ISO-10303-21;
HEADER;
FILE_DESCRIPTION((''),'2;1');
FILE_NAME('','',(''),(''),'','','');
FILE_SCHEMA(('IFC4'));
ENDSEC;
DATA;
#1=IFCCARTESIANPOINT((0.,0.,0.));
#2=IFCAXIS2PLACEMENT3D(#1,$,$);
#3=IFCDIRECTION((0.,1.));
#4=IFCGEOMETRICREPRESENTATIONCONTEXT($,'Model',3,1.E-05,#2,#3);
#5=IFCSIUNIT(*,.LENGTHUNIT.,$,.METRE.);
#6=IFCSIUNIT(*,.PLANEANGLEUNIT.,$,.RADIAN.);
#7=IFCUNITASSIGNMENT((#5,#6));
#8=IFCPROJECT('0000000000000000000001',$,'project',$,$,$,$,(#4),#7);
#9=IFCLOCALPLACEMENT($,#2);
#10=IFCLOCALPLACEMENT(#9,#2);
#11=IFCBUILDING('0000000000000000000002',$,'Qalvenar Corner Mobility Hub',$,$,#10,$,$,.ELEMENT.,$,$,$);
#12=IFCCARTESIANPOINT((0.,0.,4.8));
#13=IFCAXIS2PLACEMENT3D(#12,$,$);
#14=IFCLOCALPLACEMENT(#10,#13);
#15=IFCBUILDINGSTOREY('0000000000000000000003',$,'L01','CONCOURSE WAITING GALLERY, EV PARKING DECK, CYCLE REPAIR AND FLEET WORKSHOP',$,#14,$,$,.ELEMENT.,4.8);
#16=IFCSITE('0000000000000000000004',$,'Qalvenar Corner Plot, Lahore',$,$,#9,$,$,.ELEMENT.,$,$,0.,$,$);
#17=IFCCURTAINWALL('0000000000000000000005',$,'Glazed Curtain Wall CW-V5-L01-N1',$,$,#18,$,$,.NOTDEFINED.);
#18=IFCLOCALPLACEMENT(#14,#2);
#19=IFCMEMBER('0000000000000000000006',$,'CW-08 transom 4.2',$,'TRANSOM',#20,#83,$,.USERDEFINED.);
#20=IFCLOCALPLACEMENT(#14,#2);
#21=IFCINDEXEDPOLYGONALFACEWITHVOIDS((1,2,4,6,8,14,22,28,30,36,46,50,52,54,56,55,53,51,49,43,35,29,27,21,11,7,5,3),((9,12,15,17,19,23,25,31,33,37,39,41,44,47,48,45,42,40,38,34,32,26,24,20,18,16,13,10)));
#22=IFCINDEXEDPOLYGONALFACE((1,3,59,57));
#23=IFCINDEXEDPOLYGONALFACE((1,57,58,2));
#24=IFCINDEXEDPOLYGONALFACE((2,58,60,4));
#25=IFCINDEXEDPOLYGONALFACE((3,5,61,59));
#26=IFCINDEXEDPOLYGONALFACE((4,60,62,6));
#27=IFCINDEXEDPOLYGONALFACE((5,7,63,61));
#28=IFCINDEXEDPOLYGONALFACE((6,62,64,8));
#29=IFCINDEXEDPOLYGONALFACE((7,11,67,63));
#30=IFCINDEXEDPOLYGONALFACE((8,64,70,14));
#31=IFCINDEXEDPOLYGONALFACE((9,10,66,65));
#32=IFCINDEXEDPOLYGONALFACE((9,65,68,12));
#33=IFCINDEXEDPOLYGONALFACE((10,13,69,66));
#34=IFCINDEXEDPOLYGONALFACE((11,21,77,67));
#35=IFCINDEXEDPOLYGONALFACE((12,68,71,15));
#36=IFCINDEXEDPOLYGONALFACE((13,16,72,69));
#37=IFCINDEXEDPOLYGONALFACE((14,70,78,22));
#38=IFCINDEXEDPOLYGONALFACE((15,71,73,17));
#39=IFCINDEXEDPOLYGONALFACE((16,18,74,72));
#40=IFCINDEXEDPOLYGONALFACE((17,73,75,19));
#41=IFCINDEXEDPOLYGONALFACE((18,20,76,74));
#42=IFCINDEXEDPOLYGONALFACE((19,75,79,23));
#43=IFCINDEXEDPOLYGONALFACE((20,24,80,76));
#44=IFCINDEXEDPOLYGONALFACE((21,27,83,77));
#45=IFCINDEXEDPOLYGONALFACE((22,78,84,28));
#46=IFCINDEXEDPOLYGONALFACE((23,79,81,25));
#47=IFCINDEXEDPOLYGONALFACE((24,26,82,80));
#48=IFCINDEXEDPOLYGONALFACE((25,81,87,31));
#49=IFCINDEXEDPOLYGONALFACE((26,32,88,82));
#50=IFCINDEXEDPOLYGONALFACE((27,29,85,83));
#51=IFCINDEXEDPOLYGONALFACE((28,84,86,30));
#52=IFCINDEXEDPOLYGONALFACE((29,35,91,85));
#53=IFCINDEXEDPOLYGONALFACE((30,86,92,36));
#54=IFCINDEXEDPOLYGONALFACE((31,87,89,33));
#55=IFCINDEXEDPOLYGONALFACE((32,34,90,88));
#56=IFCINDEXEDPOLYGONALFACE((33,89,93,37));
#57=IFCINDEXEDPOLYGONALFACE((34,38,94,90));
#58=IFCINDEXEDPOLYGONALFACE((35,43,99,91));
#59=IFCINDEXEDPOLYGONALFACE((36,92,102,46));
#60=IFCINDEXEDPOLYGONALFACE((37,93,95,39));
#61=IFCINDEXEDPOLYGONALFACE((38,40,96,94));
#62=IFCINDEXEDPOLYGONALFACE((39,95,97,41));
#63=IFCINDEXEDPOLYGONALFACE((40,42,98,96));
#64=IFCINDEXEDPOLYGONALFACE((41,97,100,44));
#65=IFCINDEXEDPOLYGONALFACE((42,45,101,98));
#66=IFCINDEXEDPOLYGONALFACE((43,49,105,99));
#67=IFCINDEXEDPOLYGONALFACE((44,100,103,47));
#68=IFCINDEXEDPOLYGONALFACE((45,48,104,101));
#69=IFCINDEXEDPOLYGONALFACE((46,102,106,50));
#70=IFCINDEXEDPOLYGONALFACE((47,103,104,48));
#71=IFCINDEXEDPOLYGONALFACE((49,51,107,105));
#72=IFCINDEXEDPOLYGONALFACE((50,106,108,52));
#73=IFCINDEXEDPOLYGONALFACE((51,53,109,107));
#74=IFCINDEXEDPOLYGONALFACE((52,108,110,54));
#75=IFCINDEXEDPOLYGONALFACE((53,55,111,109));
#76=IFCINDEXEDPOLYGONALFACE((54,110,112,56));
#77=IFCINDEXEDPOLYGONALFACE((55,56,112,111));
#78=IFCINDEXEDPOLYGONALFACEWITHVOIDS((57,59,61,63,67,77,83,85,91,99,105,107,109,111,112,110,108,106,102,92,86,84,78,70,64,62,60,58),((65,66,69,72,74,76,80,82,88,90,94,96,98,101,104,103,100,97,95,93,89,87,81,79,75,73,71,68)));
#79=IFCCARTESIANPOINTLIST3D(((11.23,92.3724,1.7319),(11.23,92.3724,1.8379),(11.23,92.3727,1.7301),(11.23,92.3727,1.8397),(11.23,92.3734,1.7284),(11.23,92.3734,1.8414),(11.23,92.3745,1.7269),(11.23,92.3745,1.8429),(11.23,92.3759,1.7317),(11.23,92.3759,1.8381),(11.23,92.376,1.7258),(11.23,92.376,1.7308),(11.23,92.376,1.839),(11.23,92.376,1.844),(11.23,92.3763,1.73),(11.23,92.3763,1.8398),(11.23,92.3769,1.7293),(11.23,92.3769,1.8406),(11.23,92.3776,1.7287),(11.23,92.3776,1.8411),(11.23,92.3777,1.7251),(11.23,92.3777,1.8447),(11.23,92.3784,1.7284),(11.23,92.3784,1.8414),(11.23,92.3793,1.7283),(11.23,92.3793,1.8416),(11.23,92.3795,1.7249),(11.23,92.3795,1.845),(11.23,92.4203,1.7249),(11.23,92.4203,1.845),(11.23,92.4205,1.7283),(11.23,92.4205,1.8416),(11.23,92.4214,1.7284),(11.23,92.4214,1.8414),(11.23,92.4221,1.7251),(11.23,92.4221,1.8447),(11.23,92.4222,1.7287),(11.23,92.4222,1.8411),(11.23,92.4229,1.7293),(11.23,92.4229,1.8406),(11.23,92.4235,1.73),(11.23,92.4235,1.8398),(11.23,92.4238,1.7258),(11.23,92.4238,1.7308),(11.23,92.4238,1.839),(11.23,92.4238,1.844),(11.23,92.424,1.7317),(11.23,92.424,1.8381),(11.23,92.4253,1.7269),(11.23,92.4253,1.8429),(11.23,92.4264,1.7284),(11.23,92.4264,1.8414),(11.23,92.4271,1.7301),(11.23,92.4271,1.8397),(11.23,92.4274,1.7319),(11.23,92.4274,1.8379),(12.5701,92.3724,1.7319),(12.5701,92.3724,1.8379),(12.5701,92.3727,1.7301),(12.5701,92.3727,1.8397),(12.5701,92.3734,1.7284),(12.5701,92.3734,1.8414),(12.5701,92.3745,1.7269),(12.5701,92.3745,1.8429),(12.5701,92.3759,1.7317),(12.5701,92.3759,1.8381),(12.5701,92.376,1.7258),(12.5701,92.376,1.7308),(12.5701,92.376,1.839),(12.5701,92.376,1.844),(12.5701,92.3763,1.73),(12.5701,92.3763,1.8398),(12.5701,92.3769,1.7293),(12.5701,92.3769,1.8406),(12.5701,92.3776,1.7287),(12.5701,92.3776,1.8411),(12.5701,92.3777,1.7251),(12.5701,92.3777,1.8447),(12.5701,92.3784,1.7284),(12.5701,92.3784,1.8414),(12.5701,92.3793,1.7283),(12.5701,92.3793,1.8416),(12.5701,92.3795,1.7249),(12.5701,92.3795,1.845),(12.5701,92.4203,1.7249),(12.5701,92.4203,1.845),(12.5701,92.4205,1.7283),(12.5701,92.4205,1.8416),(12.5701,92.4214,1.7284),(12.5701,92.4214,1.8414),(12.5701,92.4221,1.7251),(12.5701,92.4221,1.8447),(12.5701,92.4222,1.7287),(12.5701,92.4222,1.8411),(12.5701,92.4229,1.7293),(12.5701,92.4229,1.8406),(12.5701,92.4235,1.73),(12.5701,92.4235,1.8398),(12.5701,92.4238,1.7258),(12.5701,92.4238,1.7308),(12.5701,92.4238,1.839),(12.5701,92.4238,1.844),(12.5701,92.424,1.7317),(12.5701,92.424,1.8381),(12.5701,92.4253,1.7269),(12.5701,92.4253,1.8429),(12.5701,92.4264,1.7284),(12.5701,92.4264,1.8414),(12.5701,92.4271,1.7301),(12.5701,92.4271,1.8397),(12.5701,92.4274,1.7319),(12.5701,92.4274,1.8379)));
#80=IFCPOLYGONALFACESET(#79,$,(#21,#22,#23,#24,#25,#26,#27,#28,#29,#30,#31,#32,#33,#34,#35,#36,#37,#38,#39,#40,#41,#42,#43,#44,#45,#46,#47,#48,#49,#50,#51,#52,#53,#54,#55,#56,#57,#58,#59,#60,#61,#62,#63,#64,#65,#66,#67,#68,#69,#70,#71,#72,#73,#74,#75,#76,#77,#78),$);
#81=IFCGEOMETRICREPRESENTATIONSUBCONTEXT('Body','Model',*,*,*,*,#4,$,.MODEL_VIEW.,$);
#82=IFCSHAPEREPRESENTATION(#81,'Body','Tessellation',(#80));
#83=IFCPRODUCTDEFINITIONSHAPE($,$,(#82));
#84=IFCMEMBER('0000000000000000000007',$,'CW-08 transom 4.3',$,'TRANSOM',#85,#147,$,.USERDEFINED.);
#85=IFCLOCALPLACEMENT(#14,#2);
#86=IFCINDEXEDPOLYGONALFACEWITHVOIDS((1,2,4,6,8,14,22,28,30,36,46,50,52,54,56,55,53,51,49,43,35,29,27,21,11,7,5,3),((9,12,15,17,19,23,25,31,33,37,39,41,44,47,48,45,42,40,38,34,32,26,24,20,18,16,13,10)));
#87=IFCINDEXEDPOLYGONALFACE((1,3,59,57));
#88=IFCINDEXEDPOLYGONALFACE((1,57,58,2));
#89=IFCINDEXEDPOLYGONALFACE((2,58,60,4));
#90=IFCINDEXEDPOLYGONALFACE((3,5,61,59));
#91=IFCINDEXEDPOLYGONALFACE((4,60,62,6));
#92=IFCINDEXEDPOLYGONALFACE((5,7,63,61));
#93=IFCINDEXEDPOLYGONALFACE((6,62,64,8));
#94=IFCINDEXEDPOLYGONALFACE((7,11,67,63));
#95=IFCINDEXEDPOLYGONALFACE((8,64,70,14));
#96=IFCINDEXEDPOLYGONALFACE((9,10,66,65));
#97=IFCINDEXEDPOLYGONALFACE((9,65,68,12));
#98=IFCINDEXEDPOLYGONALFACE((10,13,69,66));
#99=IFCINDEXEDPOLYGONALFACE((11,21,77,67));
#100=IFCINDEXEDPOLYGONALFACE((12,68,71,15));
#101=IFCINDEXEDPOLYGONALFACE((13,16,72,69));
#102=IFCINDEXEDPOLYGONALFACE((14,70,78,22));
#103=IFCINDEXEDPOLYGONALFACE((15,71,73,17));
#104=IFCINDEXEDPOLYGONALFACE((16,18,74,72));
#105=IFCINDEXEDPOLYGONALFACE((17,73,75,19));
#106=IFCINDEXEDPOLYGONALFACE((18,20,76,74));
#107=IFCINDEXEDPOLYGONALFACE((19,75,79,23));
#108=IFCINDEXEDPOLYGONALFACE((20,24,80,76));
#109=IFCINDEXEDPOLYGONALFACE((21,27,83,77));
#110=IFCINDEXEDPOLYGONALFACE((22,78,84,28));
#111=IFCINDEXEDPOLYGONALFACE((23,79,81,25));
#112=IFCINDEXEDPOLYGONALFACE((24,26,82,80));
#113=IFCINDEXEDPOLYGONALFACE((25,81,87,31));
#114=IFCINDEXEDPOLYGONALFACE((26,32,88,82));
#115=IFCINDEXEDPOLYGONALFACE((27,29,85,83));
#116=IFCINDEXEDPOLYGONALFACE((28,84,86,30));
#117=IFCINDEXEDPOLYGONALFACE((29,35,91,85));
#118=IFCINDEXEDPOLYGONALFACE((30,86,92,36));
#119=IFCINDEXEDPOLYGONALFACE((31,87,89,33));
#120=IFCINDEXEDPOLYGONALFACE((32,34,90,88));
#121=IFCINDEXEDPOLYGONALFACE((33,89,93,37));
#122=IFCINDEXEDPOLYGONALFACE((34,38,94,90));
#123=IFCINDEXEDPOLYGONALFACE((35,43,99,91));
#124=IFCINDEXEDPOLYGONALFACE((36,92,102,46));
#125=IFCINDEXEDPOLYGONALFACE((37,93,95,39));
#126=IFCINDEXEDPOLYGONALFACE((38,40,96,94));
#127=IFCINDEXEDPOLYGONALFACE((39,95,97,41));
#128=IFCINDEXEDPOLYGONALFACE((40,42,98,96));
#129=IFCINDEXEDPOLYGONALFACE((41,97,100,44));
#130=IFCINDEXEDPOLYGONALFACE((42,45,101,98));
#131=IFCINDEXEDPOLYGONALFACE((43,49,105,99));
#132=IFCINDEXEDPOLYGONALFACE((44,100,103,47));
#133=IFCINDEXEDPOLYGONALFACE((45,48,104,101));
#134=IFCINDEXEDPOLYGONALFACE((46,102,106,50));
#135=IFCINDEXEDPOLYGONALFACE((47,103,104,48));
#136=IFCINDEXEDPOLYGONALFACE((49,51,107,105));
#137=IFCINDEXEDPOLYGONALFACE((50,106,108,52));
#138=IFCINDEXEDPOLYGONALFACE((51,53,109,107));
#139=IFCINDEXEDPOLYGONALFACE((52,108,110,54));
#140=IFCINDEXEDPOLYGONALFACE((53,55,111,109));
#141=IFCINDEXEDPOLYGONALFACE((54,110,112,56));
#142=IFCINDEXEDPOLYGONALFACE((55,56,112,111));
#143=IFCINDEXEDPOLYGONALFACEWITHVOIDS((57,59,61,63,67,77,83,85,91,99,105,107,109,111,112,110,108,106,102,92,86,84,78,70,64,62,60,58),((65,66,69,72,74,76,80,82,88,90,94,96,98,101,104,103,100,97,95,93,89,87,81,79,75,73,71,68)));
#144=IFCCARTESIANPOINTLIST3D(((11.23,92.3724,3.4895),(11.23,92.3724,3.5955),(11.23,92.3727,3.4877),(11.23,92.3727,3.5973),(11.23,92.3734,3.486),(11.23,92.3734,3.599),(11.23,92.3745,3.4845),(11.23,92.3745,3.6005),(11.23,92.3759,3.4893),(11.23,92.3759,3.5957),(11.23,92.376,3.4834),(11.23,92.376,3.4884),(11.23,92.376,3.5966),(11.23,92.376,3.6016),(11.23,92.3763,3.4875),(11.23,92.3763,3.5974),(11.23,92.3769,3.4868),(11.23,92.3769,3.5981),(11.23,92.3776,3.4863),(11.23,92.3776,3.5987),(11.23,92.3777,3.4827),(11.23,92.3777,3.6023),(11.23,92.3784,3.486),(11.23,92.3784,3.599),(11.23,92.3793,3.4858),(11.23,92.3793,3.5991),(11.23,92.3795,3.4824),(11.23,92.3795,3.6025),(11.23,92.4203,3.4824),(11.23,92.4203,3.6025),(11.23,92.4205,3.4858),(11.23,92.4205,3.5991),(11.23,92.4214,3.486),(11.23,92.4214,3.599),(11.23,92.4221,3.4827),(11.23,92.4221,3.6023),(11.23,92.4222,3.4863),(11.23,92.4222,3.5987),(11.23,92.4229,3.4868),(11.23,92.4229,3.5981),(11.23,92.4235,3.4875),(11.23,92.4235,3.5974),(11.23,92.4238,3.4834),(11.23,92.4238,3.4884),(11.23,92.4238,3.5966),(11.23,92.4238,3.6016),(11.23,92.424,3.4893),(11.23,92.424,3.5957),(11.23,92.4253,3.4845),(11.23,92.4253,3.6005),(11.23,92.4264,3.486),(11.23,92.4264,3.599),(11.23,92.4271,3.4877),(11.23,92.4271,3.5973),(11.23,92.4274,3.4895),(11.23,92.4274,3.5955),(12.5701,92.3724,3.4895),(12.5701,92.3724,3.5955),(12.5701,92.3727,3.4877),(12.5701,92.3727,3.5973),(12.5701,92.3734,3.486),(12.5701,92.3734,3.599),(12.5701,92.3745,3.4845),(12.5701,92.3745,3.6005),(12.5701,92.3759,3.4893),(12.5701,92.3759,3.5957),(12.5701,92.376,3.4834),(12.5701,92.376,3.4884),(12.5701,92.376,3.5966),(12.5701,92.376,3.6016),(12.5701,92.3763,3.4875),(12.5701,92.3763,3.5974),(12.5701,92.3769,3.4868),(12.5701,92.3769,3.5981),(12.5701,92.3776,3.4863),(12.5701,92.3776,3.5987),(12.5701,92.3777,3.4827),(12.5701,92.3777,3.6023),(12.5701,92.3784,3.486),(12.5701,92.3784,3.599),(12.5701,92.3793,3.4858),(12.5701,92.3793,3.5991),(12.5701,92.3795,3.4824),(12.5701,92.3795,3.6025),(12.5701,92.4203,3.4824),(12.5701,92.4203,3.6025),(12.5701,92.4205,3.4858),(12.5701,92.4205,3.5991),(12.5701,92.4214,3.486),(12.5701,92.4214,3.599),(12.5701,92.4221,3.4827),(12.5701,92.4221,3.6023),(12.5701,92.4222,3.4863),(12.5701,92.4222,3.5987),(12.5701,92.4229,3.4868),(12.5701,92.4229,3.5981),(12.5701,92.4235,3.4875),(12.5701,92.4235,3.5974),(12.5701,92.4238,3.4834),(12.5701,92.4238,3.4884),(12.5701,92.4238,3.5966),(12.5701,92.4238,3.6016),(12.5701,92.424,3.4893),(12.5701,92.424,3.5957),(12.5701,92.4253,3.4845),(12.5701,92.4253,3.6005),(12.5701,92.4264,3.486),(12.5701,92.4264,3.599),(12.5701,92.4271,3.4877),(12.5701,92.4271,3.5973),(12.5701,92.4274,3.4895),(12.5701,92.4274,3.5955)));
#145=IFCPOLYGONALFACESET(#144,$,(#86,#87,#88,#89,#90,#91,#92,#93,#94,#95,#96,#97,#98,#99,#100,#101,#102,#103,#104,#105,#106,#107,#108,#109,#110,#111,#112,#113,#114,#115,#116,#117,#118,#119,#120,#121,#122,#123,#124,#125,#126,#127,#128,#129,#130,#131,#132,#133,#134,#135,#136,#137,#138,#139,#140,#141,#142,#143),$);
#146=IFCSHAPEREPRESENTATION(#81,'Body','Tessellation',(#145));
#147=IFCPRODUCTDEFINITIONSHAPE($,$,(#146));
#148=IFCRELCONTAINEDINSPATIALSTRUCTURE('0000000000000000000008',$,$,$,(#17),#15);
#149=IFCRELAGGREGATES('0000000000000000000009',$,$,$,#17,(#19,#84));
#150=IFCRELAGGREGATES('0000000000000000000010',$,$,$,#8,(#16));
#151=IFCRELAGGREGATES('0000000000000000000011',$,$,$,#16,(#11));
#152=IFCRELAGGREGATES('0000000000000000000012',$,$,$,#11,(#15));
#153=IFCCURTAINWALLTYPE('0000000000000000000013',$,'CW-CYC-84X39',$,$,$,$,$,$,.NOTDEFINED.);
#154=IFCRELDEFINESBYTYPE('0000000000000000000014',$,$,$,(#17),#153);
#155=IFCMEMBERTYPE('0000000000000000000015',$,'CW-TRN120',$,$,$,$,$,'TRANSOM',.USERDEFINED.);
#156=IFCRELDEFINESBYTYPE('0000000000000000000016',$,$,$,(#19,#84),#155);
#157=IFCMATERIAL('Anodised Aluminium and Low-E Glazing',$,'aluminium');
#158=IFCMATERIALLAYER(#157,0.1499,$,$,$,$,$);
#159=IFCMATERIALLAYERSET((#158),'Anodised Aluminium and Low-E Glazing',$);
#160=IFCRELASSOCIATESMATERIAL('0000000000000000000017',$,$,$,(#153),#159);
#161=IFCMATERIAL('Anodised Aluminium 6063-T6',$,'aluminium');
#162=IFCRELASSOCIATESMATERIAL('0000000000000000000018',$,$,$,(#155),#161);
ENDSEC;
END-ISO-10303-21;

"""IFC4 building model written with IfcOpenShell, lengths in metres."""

from ifc_helpers import new_model, si_unit, direction, frame, origin, origin_2d, place, context, subcontext, project, spatial, hollow_rectangle, extrude, material, layer, layer_set, material_profile, profile_set, type_object, element, aggregate, save


model = new_model("IFC4")

# Units and contexts
model_context = context("Model", 3, precision=1e-05, world=origin(), true_north=direction((0.0, 1.0)))
body_context = subcontext(model_context, "Body", "Model", "MODEL_VIEW")
ifc_project = project(units=[si_unit("LENGTHUNIT", "METRE"), si_unit("PLANEANGLEUNIT", "RADIAN")], contexts=[model_context])

# Site, building, storey
site_placement = place(None, origin())
site = spatial("IfcSite", under=ifc_project, at=site_placement, Name="Qalvenar Corner Plot, Lahore", CompositionType="ELEMENT", RefElevation=0.0)
building_placement = place(site_placement, origin())
building = spatial("IfcBuilding", under=site, at=building_placement, Name="Qalvenar Corner Mobility Hub", CompositionType="ELEMENT")
storey_placement = place(building_placement, frame((0.0, 0.0, 4.8)))
storey = spatial("IfcBuildingStorey", under=building, at=storey_placement, Name="L01", Description="CONCOURSE WAITING GALLERY, EV PARKING DECK, CYCLE REPAIR AND FLEET WORKSHOP", CompositionType="ELEMENT", Elevation=4.8)

# Curtain wall
ifc_material_1 = material(Name="Anodised Aluminium and Low-E Glazing", Category="aluminium")
ifc_layer_1 = layer(ifc_material_1, 0.1499)
ifc_layer_set_1 = layer_set([ifc_layer_1], Name="Anodised Aluminium and Low-E Glazing")
curtain_wall_type = type_object("IfcCurtainWallType", Name="CW-CYC-84X39", PredefinedType="NOTDEFINED", material=ifc_layer_set_1)
curtain_wall_1_placement = place(storey_placement, origin())
curtain_wall_1 = element("IfcCurtainWall", 1, at=curtain_wall_1_placement, inside=storey, type_object=curtain_wall_type, Name="Glazed Curtain Wall CW-V5-L01-N1", PredefinedType="NOTDEFINED")
ifc_material_2 = material(Name="Anodised Aluminium 6063-T6", Category="aluminium")

# Members
ifc_material_profile_1 = material_profile(ifc_material_2, hollow_rectangle(XDim=0.0549, YDim=0.1201, WallThickness=0.0034, InnerFilletRadius=0.0034, OuterFilletRadius=0.0071, at=origin_2d()), Name="RHS120x55x3.5")
ifc_profile_set_1 = profile_set([ifc_material_profile_1], Name="Anodised Aluminium 6063-T6")
member_type_1 = type_object("IfcMemberType", Name="CW-TRN120", ElementType="TRANSOM", PredefinedType="USERDEFINED", material=ifc_profile_set_1)
member_1_placement = place(storey_placement, frame((12.5701, 92.3999, 1.7849), z_axis=(-1.0, 0.0, 0.0), x_axis=(0.0, -1.0, 0.0)))
member_1 = element("IfcMember", 2, at=member_1_placement, type_object=member_type_1, Name="CW-08 transom 4.2", ObjectType="TRANSOM", PredefinedType="USERDEFINED", context=body_context, shape_type="SweptSolid", body=[
    extrude(hollow_rectangle(XDim=0.0549, YDim=0.1201, WallThickness=0.0034, InnerFilletRadius=0.0034, OuterFilletRadius=0.0071, at=origin_2d()), origin(), (0.0, 0.0, 1.0), 1.3401),
])
member_2_placement = place(storey_placement, frame((12.5701, 92.3999, 3.5425), z_axis=(-1.0, 0.0, 0.0), x_axis=(0.0, -1.0, 0.0)))
member_2 = element("IfcMember", 3, at=member_2_placement, type_object=member_type_1, Name="CW-08 transom 4.3", ObjectType="TRANSOM", PredefinedType="USERDEFINED", context=body_context, shape_type="SweptSolid", body=[
    extrude(hollow_rectangle(XDim=0.0549, YDim=0.1201, WallThickness=0.0034, InnerFilletRadius=0.0034, OuterFilletRadius=0.0071, at=origin_2d()), origin(), (0.0, 0.0, 1.0), 1.3401),
])

aggregate(curtain_wall_1, [member_1, member_2])

save(model, "model.ifc")
